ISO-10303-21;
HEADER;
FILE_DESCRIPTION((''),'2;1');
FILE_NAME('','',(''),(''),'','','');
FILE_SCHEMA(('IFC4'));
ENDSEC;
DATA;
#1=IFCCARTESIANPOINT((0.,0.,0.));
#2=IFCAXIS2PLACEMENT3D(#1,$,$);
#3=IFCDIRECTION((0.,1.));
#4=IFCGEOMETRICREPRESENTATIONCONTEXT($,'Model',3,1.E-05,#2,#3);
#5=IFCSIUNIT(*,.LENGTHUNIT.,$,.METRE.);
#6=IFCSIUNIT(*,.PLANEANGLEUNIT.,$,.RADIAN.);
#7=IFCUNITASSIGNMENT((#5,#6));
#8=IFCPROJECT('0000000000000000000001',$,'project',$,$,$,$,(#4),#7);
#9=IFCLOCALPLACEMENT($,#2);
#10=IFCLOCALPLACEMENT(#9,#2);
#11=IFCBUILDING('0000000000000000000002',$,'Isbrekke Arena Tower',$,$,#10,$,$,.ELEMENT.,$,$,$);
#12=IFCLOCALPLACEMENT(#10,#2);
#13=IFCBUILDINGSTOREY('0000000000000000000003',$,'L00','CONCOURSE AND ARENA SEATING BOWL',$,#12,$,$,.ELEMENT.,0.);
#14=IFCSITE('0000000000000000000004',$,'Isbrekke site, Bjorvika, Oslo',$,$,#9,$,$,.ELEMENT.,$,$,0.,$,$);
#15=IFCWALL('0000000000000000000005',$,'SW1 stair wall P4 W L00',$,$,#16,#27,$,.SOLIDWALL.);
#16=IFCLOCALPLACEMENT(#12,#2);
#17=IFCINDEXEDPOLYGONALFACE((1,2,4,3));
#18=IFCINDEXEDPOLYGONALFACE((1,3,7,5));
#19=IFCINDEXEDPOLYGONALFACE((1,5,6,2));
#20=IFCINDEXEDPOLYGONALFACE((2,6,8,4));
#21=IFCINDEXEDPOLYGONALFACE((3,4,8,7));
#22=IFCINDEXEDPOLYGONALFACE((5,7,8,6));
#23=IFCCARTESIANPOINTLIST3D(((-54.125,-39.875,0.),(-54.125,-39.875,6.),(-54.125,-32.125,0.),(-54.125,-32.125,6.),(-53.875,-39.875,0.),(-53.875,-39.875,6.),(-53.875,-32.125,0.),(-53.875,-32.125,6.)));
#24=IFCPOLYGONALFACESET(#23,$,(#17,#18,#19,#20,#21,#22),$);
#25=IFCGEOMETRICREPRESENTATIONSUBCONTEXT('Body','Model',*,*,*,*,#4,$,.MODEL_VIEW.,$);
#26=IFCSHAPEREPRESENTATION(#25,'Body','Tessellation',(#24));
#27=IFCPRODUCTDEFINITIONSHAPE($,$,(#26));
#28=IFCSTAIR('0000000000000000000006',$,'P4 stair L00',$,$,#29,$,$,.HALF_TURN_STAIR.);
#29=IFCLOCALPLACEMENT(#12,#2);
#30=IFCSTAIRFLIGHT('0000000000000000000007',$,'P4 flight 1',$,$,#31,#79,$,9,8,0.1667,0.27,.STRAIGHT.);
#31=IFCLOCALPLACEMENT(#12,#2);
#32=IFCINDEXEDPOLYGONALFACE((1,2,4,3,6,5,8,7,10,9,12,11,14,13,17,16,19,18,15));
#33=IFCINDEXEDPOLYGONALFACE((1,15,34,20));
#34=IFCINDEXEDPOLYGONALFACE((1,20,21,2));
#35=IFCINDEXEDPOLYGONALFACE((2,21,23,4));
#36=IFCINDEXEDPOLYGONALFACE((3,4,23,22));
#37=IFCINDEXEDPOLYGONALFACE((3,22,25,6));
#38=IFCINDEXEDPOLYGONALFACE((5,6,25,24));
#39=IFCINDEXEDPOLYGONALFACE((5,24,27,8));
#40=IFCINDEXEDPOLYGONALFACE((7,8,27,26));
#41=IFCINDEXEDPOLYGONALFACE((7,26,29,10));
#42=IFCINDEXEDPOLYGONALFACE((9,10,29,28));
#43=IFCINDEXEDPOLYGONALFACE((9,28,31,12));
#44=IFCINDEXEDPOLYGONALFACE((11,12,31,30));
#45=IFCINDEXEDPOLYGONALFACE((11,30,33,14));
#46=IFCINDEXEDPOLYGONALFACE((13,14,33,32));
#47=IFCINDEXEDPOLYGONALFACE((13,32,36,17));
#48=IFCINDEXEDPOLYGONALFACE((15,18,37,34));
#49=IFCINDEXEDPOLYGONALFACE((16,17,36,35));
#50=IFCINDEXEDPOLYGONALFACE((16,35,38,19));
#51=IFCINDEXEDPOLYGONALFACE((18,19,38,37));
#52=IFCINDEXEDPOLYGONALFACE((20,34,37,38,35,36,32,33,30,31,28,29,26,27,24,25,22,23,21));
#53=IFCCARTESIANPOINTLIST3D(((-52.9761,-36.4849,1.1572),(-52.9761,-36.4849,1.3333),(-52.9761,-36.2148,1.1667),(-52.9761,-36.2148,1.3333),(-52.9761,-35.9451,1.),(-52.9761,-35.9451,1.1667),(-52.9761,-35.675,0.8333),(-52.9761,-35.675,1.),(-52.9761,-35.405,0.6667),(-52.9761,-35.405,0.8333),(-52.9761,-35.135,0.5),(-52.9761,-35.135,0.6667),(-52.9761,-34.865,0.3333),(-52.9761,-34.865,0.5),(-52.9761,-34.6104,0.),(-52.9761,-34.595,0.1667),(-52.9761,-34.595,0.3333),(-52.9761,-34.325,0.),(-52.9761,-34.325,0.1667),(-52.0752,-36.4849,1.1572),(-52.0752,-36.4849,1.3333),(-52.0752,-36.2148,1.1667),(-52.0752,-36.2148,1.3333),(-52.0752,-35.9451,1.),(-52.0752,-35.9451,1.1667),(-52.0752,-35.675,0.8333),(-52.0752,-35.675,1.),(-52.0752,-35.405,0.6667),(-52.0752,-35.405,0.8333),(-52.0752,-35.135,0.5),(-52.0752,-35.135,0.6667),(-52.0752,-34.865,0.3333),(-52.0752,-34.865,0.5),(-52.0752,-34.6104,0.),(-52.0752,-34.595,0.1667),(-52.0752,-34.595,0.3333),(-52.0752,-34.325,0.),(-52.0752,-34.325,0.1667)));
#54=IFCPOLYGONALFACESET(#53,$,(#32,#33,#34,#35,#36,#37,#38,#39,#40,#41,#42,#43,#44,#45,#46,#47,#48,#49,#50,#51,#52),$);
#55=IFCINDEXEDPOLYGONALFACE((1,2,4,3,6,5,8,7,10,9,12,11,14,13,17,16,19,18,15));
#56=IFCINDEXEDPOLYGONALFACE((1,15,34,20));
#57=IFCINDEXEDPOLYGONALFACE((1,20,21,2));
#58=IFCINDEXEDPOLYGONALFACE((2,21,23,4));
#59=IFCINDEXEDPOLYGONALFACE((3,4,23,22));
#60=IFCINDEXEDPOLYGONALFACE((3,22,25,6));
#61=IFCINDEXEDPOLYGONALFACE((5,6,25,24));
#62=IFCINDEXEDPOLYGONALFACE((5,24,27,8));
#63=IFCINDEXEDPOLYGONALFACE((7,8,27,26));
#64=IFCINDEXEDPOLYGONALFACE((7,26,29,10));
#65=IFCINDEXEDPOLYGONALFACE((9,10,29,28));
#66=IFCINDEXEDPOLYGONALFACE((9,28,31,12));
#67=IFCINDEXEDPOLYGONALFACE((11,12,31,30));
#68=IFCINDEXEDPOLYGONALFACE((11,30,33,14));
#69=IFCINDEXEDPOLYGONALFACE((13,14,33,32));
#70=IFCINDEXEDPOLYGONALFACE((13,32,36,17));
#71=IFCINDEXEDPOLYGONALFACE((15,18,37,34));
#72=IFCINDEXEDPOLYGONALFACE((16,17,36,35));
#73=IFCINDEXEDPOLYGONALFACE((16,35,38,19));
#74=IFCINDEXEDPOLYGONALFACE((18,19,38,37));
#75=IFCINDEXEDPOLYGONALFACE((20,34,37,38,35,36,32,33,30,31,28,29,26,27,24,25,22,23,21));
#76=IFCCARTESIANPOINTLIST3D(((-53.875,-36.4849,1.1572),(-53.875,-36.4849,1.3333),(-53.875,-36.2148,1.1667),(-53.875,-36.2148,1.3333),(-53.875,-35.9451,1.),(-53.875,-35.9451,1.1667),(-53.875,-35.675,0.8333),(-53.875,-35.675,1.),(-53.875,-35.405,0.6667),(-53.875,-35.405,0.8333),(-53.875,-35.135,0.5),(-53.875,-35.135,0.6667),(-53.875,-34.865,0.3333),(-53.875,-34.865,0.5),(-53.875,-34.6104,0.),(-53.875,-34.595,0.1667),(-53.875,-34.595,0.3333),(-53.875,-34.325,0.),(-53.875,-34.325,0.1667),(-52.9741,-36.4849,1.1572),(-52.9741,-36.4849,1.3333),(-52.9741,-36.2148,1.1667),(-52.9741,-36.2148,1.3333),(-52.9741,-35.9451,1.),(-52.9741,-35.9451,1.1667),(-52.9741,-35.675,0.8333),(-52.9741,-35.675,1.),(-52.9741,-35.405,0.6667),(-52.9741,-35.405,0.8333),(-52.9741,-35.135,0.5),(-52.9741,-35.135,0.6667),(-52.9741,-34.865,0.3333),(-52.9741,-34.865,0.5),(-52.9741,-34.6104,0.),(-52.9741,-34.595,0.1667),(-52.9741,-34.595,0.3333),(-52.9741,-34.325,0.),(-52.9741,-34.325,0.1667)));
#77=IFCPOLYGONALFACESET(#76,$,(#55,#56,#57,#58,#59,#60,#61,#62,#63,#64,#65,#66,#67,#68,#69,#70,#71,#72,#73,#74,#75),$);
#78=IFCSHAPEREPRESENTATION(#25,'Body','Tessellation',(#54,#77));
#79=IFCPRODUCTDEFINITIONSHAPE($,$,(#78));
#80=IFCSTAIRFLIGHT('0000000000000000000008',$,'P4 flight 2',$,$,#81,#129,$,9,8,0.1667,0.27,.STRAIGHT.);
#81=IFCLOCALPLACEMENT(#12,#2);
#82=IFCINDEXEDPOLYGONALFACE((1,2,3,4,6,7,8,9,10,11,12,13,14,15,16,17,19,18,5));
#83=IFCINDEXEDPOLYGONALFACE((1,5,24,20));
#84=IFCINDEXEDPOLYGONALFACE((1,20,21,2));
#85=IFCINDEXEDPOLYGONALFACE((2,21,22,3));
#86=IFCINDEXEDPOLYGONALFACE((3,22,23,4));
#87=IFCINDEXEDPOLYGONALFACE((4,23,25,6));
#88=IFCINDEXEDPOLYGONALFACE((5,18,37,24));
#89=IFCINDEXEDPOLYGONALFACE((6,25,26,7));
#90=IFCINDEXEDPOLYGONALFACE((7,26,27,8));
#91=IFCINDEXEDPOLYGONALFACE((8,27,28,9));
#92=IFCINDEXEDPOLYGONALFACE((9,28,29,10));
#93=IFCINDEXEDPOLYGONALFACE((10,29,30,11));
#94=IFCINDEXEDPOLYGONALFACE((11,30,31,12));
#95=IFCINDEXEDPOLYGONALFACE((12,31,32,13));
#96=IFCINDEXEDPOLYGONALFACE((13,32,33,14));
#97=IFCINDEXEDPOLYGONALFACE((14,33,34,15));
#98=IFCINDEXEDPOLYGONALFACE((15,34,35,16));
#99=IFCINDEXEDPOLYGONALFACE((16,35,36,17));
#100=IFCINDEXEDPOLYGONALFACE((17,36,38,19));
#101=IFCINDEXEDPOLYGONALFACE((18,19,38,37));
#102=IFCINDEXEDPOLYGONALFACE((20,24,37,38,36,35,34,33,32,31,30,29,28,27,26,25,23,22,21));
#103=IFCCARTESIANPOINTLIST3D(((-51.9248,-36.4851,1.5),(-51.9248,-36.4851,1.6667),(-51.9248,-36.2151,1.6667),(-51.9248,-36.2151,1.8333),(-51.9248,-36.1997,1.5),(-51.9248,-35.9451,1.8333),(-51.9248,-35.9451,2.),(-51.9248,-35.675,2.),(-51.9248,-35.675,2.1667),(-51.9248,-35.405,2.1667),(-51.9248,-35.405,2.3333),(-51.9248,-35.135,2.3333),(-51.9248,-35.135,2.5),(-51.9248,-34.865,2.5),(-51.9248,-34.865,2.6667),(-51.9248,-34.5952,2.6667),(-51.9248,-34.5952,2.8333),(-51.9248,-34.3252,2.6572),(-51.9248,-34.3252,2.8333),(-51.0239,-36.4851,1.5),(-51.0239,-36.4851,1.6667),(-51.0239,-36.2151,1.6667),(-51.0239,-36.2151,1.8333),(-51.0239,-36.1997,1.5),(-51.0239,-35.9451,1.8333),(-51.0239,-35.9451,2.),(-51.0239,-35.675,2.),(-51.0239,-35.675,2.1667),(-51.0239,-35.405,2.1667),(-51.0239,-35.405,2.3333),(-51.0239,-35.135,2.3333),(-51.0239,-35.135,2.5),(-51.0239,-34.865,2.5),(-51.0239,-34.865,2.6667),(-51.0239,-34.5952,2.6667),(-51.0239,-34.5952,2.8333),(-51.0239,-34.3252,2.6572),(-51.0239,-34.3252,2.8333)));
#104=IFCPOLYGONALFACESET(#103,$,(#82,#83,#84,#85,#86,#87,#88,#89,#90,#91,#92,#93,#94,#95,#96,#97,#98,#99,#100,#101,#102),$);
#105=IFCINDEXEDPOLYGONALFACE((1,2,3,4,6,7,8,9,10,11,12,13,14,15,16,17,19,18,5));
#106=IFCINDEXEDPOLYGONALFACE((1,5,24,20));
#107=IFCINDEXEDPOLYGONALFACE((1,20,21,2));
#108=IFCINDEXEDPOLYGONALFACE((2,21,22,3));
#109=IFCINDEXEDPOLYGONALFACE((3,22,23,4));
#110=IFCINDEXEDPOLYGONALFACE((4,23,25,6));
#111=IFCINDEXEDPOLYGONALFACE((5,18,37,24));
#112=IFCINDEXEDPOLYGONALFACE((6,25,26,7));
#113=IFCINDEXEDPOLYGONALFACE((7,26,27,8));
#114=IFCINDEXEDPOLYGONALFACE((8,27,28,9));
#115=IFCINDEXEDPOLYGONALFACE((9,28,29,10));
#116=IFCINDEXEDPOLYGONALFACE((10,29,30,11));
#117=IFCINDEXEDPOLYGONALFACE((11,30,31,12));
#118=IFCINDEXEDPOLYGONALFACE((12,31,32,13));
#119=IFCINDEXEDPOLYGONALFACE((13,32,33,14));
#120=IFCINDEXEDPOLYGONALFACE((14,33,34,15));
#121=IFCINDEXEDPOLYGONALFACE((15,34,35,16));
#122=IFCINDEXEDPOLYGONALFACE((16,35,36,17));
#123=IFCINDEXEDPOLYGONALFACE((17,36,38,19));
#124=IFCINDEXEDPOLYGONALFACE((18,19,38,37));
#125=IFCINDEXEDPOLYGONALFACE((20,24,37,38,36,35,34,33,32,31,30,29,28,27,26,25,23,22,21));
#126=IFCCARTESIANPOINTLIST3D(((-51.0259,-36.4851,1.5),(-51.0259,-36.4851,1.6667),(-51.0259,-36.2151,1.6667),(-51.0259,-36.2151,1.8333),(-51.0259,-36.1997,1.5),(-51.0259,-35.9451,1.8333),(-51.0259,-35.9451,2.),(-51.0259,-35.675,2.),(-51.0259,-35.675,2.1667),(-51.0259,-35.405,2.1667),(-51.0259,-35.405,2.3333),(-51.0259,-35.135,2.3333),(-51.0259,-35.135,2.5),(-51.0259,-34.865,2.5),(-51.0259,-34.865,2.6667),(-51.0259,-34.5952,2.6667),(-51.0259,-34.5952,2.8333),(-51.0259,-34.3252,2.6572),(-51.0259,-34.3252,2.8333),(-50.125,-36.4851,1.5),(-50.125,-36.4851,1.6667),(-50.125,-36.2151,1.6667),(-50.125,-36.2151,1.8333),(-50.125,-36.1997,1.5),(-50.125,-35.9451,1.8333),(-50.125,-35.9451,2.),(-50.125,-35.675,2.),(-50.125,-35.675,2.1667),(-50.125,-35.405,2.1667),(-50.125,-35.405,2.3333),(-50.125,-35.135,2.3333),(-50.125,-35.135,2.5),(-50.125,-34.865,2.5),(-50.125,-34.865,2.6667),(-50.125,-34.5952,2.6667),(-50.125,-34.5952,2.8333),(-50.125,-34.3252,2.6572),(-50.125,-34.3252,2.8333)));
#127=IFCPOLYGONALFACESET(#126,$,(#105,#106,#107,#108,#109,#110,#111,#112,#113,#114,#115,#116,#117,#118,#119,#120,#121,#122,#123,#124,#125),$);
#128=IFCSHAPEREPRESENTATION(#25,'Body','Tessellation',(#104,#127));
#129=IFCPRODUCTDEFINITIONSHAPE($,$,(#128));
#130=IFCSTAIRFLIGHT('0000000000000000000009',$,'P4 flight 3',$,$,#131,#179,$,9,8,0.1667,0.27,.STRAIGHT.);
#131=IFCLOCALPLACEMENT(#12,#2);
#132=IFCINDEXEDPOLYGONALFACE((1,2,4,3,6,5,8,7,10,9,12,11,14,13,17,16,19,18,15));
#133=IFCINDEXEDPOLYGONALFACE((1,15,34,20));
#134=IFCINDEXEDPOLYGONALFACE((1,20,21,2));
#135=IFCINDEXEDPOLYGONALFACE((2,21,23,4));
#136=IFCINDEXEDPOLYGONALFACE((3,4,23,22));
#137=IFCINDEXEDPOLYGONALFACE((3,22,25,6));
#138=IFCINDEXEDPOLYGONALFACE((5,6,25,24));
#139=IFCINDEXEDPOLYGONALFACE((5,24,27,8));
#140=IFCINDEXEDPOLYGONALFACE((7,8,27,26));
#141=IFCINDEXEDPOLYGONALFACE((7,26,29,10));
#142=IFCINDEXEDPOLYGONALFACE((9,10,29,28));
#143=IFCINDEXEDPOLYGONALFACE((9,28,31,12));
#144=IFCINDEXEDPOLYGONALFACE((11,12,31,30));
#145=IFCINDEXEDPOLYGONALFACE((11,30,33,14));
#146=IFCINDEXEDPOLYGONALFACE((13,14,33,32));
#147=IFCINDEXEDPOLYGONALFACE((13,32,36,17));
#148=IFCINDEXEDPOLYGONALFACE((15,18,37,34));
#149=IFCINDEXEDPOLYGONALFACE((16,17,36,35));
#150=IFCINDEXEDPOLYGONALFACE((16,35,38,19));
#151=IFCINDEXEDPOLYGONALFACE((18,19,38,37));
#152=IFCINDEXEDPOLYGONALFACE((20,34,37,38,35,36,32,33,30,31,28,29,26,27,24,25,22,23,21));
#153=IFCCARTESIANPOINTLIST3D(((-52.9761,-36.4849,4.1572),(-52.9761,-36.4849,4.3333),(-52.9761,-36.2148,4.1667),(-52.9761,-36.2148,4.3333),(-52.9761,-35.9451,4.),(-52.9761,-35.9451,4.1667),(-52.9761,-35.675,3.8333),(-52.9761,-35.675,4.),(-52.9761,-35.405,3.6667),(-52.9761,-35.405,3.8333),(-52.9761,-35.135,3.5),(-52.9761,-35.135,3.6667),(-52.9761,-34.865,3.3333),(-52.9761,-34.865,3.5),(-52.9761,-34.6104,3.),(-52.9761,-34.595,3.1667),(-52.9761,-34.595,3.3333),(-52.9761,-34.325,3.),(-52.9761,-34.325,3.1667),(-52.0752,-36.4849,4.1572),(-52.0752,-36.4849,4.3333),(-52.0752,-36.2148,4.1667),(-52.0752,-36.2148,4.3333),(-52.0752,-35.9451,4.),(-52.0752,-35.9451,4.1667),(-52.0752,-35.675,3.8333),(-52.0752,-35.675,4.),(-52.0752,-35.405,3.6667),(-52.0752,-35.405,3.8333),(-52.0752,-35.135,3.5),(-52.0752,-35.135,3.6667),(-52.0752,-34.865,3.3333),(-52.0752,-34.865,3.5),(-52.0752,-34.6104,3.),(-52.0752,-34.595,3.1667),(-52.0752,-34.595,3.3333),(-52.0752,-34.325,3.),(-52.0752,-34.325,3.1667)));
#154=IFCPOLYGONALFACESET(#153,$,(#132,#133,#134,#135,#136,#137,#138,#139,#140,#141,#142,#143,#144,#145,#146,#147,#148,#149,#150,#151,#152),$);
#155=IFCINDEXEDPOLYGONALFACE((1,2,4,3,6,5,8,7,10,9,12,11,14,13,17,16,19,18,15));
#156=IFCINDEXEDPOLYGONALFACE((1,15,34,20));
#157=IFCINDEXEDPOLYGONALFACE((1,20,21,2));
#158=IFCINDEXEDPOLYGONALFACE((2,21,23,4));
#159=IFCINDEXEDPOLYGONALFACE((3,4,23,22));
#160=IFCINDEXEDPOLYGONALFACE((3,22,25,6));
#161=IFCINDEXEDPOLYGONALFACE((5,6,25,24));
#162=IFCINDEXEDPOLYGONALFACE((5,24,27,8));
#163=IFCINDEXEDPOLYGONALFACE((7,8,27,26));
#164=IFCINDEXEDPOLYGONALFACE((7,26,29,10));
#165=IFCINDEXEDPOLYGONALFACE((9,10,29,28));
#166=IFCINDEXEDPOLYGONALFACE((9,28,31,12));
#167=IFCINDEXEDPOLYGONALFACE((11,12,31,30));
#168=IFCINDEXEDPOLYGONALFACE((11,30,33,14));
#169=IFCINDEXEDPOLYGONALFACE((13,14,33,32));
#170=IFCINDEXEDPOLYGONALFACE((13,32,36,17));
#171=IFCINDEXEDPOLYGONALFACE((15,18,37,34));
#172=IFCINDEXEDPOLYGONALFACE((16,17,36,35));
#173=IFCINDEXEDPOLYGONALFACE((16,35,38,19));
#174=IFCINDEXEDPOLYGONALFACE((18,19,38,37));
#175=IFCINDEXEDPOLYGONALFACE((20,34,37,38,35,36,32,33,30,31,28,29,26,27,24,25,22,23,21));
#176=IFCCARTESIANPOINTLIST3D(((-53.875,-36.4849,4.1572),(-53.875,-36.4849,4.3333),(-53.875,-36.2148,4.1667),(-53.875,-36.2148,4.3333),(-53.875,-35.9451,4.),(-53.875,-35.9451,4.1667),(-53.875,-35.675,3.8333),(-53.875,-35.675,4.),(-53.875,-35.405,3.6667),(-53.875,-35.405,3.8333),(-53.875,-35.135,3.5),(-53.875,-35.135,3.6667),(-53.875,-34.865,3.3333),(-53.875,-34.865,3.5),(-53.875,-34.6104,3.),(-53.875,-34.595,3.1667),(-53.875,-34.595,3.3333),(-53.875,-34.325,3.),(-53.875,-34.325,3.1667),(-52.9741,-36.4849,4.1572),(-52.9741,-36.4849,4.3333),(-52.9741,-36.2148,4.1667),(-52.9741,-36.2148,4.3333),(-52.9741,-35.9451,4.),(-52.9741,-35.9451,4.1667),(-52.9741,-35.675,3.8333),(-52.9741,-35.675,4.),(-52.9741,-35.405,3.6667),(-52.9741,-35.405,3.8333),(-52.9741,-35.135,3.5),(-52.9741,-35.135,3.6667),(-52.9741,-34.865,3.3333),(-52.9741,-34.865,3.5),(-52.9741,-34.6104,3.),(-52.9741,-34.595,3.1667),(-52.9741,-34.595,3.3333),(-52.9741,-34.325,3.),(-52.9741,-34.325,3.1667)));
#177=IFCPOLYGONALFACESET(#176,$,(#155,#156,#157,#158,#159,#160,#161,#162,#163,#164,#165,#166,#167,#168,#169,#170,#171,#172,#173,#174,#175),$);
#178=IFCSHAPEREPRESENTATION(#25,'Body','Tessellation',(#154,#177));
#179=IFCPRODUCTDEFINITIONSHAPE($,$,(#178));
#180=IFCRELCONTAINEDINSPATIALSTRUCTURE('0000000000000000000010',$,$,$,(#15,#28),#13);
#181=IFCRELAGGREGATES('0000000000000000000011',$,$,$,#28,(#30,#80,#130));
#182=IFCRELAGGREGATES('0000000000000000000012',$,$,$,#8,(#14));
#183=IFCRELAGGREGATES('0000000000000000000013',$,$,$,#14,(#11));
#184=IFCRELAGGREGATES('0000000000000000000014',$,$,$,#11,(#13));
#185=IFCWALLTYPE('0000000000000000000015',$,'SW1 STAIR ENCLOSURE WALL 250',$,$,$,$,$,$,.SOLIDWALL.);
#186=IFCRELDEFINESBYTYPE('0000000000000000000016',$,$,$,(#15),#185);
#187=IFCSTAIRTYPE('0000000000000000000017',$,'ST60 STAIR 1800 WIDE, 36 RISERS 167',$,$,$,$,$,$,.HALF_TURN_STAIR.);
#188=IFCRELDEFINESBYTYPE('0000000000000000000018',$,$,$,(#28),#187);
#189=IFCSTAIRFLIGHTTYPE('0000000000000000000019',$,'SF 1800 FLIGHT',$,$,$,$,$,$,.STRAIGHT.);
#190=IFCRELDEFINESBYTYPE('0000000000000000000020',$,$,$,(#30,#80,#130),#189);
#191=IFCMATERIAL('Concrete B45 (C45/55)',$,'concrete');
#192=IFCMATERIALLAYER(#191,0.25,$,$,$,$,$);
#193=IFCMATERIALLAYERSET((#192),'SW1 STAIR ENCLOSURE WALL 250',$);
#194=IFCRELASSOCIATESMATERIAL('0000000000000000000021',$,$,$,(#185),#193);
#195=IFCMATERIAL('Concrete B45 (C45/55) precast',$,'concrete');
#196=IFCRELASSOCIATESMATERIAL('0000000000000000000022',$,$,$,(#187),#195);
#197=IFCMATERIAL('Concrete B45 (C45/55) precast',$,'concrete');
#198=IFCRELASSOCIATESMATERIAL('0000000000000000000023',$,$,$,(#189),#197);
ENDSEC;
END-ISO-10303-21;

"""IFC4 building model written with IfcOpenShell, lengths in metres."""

from ifc_helpers import new_model, si_unit, direction, frame, frame_2d, origin, place, context, subcontext, project, spatial, polyline, rectangle, outline, extrude, material, layer, layer_set, type_object, element, aggregate, save


model = new_model("IFC4")

# Units and contexts
model_context = context("Model", 3, precision=1e-05, world=origin(), true_north=direction((0.0, 1.0)))
body_context = subcontext(model_context, "Body", "Model", "MODEL_VIEW")
ifc_project = project(units=[si_unit("LENGTHUNIT", "METRE"), si_unit("PLANEANGLEUNIT", "RADIAN")], contexts=[model_context])

# Site, building, storey
site_placement = place(None, origin())
site = spatial("IfcSite", under=ifc_project, at=site_placement, Name="Isbrekke site, Bjorvika, Oslo", CompositionType="ELEMENT", RefElevation=0.0)
building_placement = place(site_placement, origin())
building = spatial("IfcBuilding", under=site, at=building_placement, Name="Isbrekke Arena Tower", CompositionType="ELEMENT")
storey_placement = place(building_placement, origin())
storey = spatial("IfcBuildingStorey", under=building, at=storey_placement, Name="L00", Description="CONCOURSE AND ARENA SEATING BOWL", CompositionType="ELEMENT", Elevation=0.0)

# Shared definitions
ifc_material_1 = material(Name="Concrete B45 (C45/55)", Category="concrete")
ifc_layer_1 = layer(ifc_material_1, 0.25)
ifc_layer_set_1 = layer_set([ifc_layer_1], Name="SW1 STAIR ENCLOSURE WALL 250")
wall_type_1 = type_object("IfcWallType", Name="SW1 STAIR ENCLOSURE WALL 250", PredefinedType="SOLIDWALL", material=ifc_layer_set_1)

# Wall
wall_1_placement = place(storey_placement, frame((-54.0, -32.125, 0.0), z_axis=(0.0, 0.0, 1.0), x_axis=(0.0, -1.0, 0.0)))
element("IfcWall", 1, at=wall_1_placement, inside=storey, type_object=wall_type_1, Name="SW1 stair wall P4 W L00", PredefinedType="SOLIDWALL", context=body_context, shape_type="SweptSolid", body=[
    extrude(rectangle(XDim=7.75, YDim=0.25, at=frame_2d((3.875, 0.0))), origin(), (0.0, 0.0, 1.0), 6.0),
])

# Stair, stair flights
ifc_material_2 = material(Name="Concrete B45 (C45/55) precast", Category="concrete")
stair_type = type_object("IfcStairType", Name="ST60 STAIR 1800 WIDE, 36 RISERS 167", PredefinedType="HALF_TURN_STAIR", material=ifc_material_2)
stair_placement = place(storey_placement, origin())
stair = element("IfcStair", 2, at=stair_placement, inside=storey, type_object=stair_type, Name="P4 stair L00", PredefinedType="HALF_TURN_STAIR")
ifc_material_3 = material(Name="Concrete B45 (C45/55) precast", Category="concrete")
stair_flight_type = type_object("IfcStairFlightType", Name="SF 1800 FLIGHT", PredefinedType="STRAIGHT", material=ifc_material_3)
stair_flight_1_placement = place(storey_placement, frame((-52.9751, -34.325, 0.0), z_axis=(0.0, 0.0, 1.0), x_axis=(0.0, -1.0, 0.0)))
stair_flight_1 = element("IfcStairFlight", 3, at=stair_flight_1_placement, type_object=stair_flight_type, Name="P4 flight 1", NumberOfRisers=9, NumberOfTreads=8, PredefinedType="STRAIGHT", RiserHeight=0.1667, TreadLength=0.27, context=body_context, shape_type="SweptSolid", body=[
    extrude(outline(polyline([(0.0, 0.0), (0.0, 0.1667), (0.27, 0.1667), (0.27, 0.3333), (0.54, 0.3333), (0.54, 0.5), (0.8101, 0.5), (0.8101, 0.6667), (1.0801, 0.6667), (1.0801, 0.8333), (1.3501, 0.8333), (1.3501, 1.0), (1.6201, 1.0), (1.6201, 1.1667), (1.8899, 1.1667), (1.8899, 1.3333), (2.1599, 1.3333), (2.1599, 1.5), (2.1599, 1.1572), (0.2854, 0.0), (0.0, 0.0)])), frame((0.0, 0.8999, 0.0), z_axis=(0.0, -1.0, 0.0), x_axis=(1.0, 0.0, 0.0)), (0.0, 0.0, 1.0), 0.9009),
    extrude(outline(polyline([(0.0, 0.0), (0.0, 0.1667), (0.27, 0.1667), (0.27, 0.3333), (0.54, 0.3333), (0.54, 0.5), (0.8101, 0.5), (0.8101, 0.6667), (1.0801, 0.6667), (1.0801, 0.8333), (1.3501, 0.8333), (1.3501, 1.0), (1.6201, 1.0), (1.6201, 1.1667), (1.8899, 1.1667), (1.8899, 1.3333), (2.1599, 1.3333), (2.1599, 1.5), (2.1599, 1.1572), (0.2854, 0.0), (0.0, 0.0)])), frame((0.0, 0.001, 0.0), z_axis=(0.0, -1.0, 0.0), x_axis=(1.0, 0.0, 0.0)), (0.0, 0.0, 1.0), 0.9009),
])
stair_flight_2_placement = place(storey_placement, frame((-51.0249, -36.4851, 1.5), z_axis=(0.0, 0.0, 1.0), x_axis=(0.0, 1.0, 0.0)))
stair_flight_2 = element("IfcStairFlight", 4, at=stair_flight_2_placement, type_object=stair_flight_type, Name="P4 flight 2", NumberOfRisers=9, NumberOfTreads=8, PredefinedType="STRAIGHT", RiserHeight=0.1667, TreadLength=0.27, context=body_context, shape_type="SweptSolid", body=[
    extrude(outline(polyline([(0.0, 0.0), (0.0, 0.1667), (0.27, 0.1667), (0.27, 0.3333), (0.54, 0.3333), (0.54, 0.5), (0.8101, 0.5), (0.8101, 0.6667), (1.0801, 0.6667), (1.0801, 0.8333), (1.3501, 0.8333), (1.3501, 1.0), (1.6201, 1.0), (1.6201, 1.1667), (1.8899, 1.1667), (1.8899, 1.3333), (2.1599, 1.3333), (2.1599, 1.5), (2.1599, 1.1572), (0.2854, 0.0), (0.0, 0.0)])), frame((0.0, 0.8999, 0.0), z_axis=(0.0, -1.0, 0.0), x_axis=(1.0, 0.0, 0.0)), (0.0, 0.0, 1.0), 0.9009),
    extrude(outline(polyline([(0.0, 0.0), (0.0, 0.1667), (0.27, 0.1667), (0.27, 0.3333), (0.54, 0.3333), (0.54, 0.5), (0.8101, 0.5), (0.8101, 0.6667), (1.0801, 0.6667), (1.0801, 0.8333), (1.3501, 0.8333), (1.3501, 1.0), (1.6201, 1.0), (1.6201, 1.1667), (1.8899, 1.1667), (1.8899, 1.3333), (2.1599, 1.3333), (2.1599, 1.5), (2.1599, 1.1572), (0.2854, 0.0), (0.0, 0.0)])), frame((0.0, 0.001, 0.0), z_axis=(0.0, -1.0, 0.0), x_axis=(1.0, 0.0, 0.0)), (0.0, 0.0, 1.0), 0.9009),
])
stair_flight_3_placement = place(storey_placement, frame((-52.9751, -34.325, 3.0), z_axis=(0.0, 0.0, 1.0), x_axis=(0.0, -1.0, 0.0)))
stair_flight_3 = element("IfcStairFlight", 5, at=stair_flight_3_placement, type_object=stair_flight_type, Name="P4 flight 3", NumberOfRisers=9, NumberOfTreads=8, PredefinedType="STRAIGHT", RiserHeight=0.1667, TreadLength=0.27, context=body_context, shape_type="SweptSolid", body=[
    extrude(outline(polyline([(0.0, 0.0), (0.0, 0.1667), (0.27, 0.1667), (0.27, 0.3333), (0.54, 0.3333), (0.54, 0.5), (0.8101, 0.5), (0.8101, 0.6667), (1.0801, 0.6667), (1.0801, 0.8333), (1.3501, 0.8333), (1.3501, 1.0), (1.6201, 1.0), (1.6201, 1.1667), (1.8899, 1.1667), (1.8899, 1.3333), (2.1599, 1.3333), (2.1599, 1.5), (2.1599, 1.1572), (0.2854, 0.0), (0.0, 0.0)])), frame((0.0, 0.8999, 0.0), z_axis=(0.0, -1.0, 0.0), x_axis=(1.0, 0.0, 0.0)), (0.0, 0.0, 1.0), 0.9009),
    extrude(outline(polyline([(0.0, 0.0), (0.0, 0.1667), (0.27, 0.1667), (0.27, 0.3333), (0.54, 0.3333), (0.54, 0.5), (0.8101, 0.5), (0.8101, 0.6667), (1.0801, 0.6667), (1.0801, 0.8333), (1.3501, 0.8333), (1.3501, 1.0), (1.6201, 1.0), (1.6201, 1.1667), (1.8899, 1.1667), (1.8899, 1.3333), (2.1599, 1.3333), (2.1599, 1.5), (2.1599, 1.1572), (0.2854, 0.0), (0.0, 0.0)])), frame((0.0, 0.001, 0.0), z_axis=(0.0, -1.0, 0.0), x_axis=(1.0, 0.0, 0.0)), (0.0, 0.0, 1.0), 0.9009),
])
aggregate(stair, [stair_flight_1, stair_flight_2, stair_flight_3])

save(model, "model.ifc")
